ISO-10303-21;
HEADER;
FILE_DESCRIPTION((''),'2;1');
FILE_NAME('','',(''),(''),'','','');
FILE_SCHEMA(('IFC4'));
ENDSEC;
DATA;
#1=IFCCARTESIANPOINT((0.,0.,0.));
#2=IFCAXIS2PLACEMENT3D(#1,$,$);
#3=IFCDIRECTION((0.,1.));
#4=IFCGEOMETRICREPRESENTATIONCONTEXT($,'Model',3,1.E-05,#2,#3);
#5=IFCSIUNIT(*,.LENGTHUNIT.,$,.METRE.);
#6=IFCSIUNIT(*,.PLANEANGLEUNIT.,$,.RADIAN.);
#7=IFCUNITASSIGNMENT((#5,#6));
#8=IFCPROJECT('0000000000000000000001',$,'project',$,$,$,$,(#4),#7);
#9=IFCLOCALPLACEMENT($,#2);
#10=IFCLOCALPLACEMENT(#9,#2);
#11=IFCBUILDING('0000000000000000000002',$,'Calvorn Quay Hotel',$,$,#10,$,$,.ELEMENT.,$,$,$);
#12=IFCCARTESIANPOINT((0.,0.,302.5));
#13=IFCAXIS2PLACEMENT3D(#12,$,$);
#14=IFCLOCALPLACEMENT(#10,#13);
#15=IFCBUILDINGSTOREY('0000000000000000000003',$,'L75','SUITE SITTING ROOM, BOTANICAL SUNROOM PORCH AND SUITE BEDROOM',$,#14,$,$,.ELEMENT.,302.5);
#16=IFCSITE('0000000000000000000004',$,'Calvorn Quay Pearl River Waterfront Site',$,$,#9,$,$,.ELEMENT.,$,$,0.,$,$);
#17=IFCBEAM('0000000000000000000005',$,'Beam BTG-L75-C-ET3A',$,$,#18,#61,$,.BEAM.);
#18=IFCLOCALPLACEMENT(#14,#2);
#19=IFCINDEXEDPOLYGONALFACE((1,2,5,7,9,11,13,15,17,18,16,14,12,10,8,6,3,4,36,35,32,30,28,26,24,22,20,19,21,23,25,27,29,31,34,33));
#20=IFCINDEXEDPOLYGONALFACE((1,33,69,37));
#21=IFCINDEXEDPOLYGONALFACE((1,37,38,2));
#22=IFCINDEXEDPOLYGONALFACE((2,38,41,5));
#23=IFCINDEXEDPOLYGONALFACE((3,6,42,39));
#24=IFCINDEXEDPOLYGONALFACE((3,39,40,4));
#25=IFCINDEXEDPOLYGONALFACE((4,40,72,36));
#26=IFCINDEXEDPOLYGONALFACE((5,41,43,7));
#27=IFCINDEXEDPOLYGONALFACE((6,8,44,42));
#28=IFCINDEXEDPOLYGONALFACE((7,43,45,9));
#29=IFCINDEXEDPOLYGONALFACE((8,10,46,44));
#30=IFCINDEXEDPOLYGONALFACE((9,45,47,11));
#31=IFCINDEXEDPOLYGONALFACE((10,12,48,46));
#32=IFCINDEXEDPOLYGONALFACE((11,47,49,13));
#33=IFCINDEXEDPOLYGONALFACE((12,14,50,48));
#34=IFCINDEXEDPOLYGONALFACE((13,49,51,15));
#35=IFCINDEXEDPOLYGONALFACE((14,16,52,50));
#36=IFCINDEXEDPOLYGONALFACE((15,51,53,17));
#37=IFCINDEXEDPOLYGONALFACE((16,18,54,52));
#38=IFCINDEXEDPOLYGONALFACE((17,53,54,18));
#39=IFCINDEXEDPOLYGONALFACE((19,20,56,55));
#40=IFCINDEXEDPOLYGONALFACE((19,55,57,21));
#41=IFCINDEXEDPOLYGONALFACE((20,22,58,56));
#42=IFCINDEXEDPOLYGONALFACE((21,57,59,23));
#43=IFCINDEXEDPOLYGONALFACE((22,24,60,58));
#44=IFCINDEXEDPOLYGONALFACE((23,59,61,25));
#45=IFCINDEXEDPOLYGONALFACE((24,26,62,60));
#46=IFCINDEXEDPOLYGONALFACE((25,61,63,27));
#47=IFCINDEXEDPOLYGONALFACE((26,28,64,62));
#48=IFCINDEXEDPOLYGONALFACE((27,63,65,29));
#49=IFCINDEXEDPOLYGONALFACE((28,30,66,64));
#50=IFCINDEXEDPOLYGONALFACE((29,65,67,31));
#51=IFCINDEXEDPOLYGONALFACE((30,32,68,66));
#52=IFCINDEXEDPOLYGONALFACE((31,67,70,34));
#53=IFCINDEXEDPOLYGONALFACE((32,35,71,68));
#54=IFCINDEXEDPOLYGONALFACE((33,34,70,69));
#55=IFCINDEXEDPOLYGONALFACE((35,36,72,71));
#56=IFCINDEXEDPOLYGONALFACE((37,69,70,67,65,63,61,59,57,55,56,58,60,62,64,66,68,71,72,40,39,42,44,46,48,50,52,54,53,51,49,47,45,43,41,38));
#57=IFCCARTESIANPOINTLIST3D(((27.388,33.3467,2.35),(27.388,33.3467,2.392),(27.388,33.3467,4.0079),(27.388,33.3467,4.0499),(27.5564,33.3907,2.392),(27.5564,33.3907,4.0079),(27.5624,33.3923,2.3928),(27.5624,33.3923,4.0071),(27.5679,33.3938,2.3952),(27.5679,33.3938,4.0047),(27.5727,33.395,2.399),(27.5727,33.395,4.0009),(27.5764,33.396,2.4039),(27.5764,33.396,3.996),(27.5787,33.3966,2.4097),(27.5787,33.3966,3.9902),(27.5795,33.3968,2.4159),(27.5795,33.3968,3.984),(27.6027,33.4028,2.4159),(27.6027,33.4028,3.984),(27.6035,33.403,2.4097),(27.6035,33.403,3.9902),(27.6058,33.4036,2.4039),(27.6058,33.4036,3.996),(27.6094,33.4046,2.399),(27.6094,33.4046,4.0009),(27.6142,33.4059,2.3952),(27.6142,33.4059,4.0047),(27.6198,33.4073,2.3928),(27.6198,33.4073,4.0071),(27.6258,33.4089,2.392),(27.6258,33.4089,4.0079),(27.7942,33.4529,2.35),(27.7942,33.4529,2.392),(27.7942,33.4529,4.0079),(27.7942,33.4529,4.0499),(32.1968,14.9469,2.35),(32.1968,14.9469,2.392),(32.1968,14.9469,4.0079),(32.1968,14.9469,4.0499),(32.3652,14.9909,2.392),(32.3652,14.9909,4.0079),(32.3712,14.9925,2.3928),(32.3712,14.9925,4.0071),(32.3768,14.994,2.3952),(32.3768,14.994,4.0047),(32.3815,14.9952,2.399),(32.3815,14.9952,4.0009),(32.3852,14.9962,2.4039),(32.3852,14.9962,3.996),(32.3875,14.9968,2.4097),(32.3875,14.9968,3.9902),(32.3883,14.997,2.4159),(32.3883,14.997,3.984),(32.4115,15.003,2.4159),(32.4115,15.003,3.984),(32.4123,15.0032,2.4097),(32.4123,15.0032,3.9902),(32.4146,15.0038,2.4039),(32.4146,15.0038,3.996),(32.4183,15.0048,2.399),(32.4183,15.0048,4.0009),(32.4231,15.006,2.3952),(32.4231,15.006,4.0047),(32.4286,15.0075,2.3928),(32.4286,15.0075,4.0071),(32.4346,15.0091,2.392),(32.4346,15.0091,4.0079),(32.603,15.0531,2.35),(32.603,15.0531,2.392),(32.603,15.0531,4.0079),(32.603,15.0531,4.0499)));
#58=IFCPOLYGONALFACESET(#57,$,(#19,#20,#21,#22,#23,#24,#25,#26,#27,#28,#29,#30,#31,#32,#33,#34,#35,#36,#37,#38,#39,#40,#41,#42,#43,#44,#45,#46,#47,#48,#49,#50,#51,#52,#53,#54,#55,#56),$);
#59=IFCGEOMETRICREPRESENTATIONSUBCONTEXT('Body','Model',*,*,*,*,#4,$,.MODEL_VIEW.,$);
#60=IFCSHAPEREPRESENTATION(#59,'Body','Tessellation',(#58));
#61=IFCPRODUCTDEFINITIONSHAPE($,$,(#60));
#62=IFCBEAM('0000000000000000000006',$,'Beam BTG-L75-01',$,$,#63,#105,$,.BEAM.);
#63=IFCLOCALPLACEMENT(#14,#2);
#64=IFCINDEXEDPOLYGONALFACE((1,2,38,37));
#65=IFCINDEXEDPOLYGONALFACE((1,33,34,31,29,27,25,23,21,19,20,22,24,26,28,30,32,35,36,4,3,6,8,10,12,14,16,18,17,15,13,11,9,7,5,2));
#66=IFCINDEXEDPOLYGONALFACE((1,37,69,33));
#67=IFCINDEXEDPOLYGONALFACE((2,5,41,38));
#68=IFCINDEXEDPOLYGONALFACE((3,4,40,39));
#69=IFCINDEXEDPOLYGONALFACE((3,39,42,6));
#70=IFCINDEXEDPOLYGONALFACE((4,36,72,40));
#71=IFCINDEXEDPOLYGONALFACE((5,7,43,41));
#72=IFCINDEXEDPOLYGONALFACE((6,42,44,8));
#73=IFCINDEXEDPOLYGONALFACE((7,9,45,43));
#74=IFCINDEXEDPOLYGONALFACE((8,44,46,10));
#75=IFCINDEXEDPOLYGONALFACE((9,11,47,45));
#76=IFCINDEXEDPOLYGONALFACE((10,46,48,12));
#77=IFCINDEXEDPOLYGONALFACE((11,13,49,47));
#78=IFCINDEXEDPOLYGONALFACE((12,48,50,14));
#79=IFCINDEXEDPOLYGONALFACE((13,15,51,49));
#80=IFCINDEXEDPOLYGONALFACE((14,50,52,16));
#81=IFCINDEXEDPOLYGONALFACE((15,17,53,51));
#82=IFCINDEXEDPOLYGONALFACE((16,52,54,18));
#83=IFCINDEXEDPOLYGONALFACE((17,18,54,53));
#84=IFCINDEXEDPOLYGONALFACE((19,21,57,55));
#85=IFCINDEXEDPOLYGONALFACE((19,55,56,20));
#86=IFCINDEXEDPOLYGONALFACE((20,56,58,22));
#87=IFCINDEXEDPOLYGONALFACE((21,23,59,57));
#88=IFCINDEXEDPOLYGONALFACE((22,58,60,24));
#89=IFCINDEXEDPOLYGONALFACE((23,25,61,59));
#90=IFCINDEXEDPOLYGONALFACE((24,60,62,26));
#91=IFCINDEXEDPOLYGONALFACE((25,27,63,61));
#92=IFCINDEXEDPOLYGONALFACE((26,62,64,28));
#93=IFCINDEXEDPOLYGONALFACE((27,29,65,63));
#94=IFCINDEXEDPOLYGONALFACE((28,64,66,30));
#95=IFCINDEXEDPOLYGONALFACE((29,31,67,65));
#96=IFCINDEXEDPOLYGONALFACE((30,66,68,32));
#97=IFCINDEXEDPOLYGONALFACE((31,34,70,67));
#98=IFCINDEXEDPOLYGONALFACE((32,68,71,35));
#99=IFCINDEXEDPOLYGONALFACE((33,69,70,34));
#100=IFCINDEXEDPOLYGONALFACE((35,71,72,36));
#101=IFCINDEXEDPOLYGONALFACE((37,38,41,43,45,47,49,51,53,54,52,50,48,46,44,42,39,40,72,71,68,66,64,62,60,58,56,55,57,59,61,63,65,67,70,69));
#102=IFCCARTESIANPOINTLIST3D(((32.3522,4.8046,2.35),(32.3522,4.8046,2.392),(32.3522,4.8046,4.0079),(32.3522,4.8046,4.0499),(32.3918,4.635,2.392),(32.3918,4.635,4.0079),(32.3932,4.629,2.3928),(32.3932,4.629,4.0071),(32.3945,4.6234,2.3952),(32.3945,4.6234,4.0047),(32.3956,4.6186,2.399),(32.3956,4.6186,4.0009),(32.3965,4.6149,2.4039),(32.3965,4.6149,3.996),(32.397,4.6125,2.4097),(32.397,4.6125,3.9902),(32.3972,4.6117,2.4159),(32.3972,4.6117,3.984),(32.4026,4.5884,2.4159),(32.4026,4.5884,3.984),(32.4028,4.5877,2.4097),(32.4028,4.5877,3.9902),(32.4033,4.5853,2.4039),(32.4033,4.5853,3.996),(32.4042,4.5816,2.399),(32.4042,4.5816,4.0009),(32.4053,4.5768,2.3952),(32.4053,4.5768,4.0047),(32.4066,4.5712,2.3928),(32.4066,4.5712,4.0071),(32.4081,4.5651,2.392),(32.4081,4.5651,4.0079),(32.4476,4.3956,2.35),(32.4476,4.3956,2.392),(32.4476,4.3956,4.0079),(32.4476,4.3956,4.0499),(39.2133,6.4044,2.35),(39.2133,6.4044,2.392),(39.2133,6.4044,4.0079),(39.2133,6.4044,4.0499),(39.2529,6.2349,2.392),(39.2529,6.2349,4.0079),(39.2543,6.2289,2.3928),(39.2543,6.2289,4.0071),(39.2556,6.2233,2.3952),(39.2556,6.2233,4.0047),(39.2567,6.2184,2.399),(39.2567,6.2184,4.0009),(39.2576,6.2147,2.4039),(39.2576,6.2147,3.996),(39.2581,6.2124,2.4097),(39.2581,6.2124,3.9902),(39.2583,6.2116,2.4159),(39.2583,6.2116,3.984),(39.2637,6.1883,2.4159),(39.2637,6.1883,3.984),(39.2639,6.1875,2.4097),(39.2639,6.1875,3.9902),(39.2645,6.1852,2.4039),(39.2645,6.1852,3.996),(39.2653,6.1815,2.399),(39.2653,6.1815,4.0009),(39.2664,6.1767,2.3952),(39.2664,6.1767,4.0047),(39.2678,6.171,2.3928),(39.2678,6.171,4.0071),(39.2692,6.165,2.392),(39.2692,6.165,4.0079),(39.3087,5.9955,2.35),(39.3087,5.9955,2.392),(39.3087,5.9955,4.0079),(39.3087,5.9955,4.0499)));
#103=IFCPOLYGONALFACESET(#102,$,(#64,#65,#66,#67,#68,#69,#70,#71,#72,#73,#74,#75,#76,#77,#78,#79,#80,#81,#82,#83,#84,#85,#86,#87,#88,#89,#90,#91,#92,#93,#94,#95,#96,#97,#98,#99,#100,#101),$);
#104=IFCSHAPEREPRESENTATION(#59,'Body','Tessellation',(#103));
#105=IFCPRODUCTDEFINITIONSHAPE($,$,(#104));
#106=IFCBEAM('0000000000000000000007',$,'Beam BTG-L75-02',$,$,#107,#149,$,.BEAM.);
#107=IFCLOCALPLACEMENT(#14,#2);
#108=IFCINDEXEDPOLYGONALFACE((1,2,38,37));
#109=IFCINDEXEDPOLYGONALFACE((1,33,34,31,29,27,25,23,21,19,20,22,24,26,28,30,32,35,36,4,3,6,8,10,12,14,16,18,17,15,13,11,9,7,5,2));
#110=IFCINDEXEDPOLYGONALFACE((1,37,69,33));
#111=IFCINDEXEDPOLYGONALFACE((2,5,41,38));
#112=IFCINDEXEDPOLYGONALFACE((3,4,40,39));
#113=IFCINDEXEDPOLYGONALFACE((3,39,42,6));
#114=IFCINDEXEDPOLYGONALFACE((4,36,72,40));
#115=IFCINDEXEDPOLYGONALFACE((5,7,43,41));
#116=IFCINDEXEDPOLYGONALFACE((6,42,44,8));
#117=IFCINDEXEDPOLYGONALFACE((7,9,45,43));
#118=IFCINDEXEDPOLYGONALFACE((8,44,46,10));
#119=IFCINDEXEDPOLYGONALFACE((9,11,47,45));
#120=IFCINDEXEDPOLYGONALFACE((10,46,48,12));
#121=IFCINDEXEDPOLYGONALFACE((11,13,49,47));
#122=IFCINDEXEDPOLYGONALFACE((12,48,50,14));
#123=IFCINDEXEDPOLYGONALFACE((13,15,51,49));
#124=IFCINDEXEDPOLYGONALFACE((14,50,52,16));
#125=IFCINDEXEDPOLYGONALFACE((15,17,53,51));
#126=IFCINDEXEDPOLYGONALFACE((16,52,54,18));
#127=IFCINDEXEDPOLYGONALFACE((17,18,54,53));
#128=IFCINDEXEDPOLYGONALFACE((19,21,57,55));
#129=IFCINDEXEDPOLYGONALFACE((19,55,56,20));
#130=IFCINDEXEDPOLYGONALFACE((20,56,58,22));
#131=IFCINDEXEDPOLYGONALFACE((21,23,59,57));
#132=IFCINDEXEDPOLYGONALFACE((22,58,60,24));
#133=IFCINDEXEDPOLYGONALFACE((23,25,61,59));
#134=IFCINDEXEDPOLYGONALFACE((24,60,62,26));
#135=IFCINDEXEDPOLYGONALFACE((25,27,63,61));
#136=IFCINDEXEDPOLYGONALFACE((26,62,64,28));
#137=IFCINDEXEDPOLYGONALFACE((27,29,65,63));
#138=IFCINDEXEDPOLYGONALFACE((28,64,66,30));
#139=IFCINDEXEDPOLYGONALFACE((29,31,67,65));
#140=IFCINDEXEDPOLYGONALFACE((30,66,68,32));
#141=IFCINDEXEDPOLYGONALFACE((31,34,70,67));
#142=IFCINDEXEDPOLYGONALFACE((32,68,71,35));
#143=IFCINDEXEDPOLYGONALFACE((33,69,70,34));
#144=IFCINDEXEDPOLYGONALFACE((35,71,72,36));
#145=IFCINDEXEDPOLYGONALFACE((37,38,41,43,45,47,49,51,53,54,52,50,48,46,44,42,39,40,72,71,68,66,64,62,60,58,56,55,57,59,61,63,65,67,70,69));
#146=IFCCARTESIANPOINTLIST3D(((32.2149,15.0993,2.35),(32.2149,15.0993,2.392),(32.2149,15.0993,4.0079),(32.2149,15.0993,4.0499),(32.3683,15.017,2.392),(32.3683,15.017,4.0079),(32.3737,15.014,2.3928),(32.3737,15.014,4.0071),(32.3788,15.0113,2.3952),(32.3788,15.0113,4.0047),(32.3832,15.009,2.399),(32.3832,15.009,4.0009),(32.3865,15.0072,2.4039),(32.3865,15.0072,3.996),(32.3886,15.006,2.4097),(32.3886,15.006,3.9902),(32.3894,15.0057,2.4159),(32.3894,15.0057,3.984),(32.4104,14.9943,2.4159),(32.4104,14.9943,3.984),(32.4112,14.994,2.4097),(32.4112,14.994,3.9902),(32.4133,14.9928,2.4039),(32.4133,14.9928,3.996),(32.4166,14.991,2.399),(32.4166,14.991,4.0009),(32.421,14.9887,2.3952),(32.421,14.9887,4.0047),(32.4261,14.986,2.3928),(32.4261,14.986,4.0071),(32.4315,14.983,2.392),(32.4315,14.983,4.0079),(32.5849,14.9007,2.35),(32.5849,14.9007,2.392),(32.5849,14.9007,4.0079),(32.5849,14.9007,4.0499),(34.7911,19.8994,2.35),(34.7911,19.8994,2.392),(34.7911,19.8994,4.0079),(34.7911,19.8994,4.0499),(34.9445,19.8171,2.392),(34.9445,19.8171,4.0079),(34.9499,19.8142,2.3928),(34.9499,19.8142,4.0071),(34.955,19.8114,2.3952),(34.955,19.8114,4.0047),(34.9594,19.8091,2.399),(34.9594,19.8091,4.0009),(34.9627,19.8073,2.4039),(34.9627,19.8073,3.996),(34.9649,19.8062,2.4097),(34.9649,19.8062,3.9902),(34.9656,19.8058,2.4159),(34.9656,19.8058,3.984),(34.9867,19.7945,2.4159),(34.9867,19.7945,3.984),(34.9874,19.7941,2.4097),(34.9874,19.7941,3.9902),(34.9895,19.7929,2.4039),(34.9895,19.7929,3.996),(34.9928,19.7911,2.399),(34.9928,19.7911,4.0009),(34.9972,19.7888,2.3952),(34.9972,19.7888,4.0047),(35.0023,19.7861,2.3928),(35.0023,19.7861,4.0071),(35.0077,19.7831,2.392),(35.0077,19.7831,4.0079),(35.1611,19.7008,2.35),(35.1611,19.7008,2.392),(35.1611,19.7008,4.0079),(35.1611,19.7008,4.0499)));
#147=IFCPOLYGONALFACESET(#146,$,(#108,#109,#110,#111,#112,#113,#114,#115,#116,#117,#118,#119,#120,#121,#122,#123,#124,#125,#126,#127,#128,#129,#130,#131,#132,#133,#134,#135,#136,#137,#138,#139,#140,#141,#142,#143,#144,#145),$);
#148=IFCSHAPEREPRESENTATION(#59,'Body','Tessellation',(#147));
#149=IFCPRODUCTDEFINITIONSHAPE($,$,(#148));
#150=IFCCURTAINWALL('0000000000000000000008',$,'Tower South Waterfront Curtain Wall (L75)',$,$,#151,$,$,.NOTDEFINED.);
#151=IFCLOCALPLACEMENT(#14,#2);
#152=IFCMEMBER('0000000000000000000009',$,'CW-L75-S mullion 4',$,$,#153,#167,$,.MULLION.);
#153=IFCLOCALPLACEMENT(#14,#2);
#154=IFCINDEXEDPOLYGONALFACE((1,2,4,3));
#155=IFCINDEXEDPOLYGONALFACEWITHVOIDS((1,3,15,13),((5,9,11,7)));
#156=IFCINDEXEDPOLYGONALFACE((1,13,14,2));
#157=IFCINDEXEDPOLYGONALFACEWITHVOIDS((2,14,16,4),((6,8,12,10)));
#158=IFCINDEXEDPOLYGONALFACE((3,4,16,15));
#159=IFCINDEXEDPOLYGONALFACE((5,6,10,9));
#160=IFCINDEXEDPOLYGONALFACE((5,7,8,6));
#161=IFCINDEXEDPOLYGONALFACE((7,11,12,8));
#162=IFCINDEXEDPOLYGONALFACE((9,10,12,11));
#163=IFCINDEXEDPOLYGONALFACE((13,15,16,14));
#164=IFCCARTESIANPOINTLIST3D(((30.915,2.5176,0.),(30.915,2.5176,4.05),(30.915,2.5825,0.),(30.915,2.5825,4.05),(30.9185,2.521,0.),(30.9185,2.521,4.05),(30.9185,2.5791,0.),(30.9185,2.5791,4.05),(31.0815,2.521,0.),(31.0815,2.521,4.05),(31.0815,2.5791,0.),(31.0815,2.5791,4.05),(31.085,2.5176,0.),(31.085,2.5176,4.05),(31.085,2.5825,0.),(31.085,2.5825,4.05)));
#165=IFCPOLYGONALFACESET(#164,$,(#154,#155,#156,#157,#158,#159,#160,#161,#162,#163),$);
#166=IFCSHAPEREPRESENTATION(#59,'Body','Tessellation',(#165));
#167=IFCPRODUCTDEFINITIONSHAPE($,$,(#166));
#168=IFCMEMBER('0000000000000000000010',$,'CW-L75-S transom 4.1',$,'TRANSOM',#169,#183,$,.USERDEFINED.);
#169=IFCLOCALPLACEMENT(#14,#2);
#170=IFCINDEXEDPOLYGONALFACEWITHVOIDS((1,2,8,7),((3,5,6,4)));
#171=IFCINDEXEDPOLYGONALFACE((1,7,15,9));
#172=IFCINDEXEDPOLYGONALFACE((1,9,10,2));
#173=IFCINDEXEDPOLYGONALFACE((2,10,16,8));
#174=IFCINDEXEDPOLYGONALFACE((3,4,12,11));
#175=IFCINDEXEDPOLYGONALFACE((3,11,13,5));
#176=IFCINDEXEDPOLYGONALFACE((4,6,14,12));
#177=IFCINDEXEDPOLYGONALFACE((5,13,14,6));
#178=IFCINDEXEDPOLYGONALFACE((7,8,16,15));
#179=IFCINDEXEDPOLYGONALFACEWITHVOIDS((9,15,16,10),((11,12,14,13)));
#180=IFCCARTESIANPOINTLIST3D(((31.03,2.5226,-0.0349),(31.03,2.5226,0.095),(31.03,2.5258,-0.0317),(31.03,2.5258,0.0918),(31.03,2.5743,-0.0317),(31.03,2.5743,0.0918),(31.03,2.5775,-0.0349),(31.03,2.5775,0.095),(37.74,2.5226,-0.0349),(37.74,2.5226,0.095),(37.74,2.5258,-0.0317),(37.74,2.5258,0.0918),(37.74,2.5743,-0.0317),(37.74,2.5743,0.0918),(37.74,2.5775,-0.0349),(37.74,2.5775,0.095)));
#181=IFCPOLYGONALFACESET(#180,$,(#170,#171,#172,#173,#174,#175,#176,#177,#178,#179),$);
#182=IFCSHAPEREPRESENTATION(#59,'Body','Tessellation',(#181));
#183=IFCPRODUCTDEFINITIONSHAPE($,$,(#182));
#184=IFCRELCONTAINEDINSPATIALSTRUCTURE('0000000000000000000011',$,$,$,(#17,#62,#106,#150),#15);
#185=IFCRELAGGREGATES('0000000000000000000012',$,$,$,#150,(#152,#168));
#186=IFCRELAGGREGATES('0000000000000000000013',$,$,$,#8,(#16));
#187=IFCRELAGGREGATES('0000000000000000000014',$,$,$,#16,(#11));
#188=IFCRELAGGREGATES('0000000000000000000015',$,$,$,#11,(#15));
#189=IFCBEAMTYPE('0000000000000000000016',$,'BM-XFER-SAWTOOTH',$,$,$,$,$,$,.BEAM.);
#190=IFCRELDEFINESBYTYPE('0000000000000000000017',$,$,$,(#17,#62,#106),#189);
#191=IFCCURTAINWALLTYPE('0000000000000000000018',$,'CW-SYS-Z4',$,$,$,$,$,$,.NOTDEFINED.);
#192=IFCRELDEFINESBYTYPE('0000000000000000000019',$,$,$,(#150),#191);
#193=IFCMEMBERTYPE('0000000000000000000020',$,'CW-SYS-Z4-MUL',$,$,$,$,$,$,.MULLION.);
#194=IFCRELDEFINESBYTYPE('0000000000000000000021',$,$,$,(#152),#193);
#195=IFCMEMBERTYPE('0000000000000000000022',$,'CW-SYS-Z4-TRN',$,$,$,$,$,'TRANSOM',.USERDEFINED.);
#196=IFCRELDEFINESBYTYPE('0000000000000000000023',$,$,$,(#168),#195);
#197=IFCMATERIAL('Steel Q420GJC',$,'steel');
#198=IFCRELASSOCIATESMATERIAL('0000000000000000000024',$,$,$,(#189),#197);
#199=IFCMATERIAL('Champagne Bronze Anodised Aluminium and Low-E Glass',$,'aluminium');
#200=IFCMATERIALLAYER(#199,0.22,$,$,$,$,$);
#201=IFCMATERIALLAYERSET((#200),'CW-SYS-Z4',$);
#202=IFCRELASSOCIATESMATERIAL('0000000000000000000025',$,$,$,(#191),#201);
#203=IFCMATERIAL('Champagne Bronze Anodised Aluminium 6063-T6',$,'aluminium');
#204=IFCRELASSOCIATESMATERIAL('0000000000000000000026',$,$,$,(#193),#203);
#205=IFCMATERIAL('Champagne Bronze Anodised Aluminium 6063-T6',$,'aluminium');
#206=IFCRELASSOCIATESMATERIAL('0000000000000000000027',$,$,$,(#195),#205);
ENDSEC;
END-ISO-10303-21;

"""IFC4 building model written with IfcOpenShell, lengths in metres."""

from ifc_helpers import new_model, si_unit, direction, frame, origin, origin_2d, place, context, subcontext, project, spatial, hollow_rectangle, i_section, extrude, material, layer, layer_set, material_profile, profile_set, type_object, element, aggregate, save


model = new_model("IFC4")

# Units and contexts
model_context = context("Model", 3, precision=1e-05, world=origin(), true_north=direction((0.0, 1.0)))
body_context = subcontext(model_context, "Body", "Model", "MODEL_VIEW")
ifc_project = project(units=[si_unit("LENGTHUNIT", "METRE"), si_unit("PLANEANGLEUNIT", "RADIAN")], contexts=[model_context])

# Site, building, storey
site_placement = place(None, origin())
site = spatial("IfcSite", under=ifc_project, at=site_placement, Name="Calvorn Quay Pearl River Waterfront Site", CompositionType="ELEMENT", RefElevation=0.0)
building_placement = place(site_placement, origin())
building = spatial("IfcBuilding", under=site, at=building_placement, Name="Calvorn Quay Hotel", CompositionType="ELEMENT")
storey_placement = place(building_placement, frame((0.0, 0.0, 302.5)))
storey = spatial("IfcBuildingStorey", under=building, at=storey_placement, Name="L75", Description="SUITE SITTING ROOM, BOTANICAL SUNROOM PORCH AND SUITE BEDROOM", CompositionType="ELEMENT", Elevation=302.5)

# Beams
ifc_material_1 = material(Name="Steel Q420GJC", Category="steel")
ifc_material_profile_1 = material_profile(ifc_material_1, i_section(OverallWidth=0.4199, OverallDepth=1.7, WebThickness=0.0239, FlangeThickness=0.042, FilletRadius=0.0239, at=origin_2d()), Name="HN1700x420x24x42")
ifc_profile_set_1 = profile_set([ifc_material_profile_1], Name="Steel Q420GJC")
beam_type_1 = type_object("IfcBeamType", Name="BM-XFER-SAWTOOTH", PredefinedType="BEAM", material=ifc_profile_set_1)
beam_1_placement = place(storey_placement, frame((32.3999, 15.0, 3.2), z_axis=(-0.252858, 0.967503, 0.0), x_axis=(-0.967503, -0.252858, 0.0)))
element("IfcBeam", 1, at=beam_1_placement, inside=storey, type_object=beam_type_1, Name="Beam BTG-L75-C-ET3A", PredefinedType="BEAM", context=body_context, shape_type="SweptSolid", body=[
    extrude(i_section(OverallWidth=0.4199, OverallDepth=1.7, WebThickness=0.0239, FlangeThickness=0.042, FilletRadius=0.0239, at=origin_2d()), origin(), (0.0, 0.0, 1.0), 19.0178),
])
beam_2_placement = place(storey_placement, frame((32.3999, 4.6001, 3.2), z_axis=(0.973875, 0.227086, 0.0), x_axis=(-0.227086, 0.973875, 0.0)))
element("IfcBeam", 2, at=beam_2_placement, inside=storey, type_object=beam_type_1, Name="Beam BTG-L75-01", PredefinedType="BEAM", context=body_context, shape_type="SweptSolid", body=[
    extrude(i_section(OverallWidth=0.4199, OverallDepth=1.7, WebThickness=0.0239, FlangeThickness=0.042, FilletRadius=0.0239, at=origin_2d()), origin(), (0.0, 0.0, 1.0), 7.0452),
])
beam_3_placement = place(storey_placement, frame((32.3999, 15.0, 3.2), z_axis=(0.472894, 0.881119, 0.0), x_axis=(-0.881119, 0.472894, 0.0)))
element("IfcBeam", 3, at=beam_3_placement, inside=storey, type_object=beam_type_1, Name="Beam BTG-L75-02", PredefinedType="BEAM", context=body_context, shape_type="SweptSolid", body=[
    extrude(i_section(OverallWidth=0.4199, OverallDepth=1.7, WebThickness=0.0239, FlangeThickness=0.042, FilletRadius=0.0239, at=origin_2d()), origin(), (0.0, 0.0, 1.0), 5.4478),
])

# Curtain wall, members
ifc_material_2 = material(Name="Champagne Bronze Anodised Aluminium and Low-E Glass", Category="aluminium")
ifc_layer_1 = layer(ifc_material_2, 0.22)
ifc_layer_set_1 = layer_set([ifc_layer_1], Name="CW-SYS-Z4")
curtain_wall_type = type_object("IfcCurtainWallType", Name="CW-SYS-Z4", PredefinedType="NOTDEFINED", material=ifc_layer_set_1)
curtain_wall_placement = place(storey_placement, origin())
curtain_wall = element("IfcCurtainWall", 4, at=curtain_wall_placement, inside=storey, type_object=curtain_wall_type, Name="Tower South Waterfront Curtain Wall (L75)", PredefinedType="NOTDEFINED")
ifc_material_3 = material(Name="Champagne Bronze Anodised Aluminium 6063-T6", Category="aluminium")
ifc_material_profile_2 = material_profile(ifc_material_3, hollow_rectangle(XDim=0.0649, YDim=0.1699, WallThickness=0.0034, at=origin_2d()), Name="ALU-M170x65x3.5")
ifc_profile_set_2 = profile_set([ifc_material_profile_2], Name="Champagne Bronze Anodised Aluminium 6063-T6")
member_type_1 = type_object("IfcMemberType", Name="CW-SYS-Z4-MUL", PredefinedType="MULLION", material=ifc_profile_set_2)
member_1_placement = place(storey_placement, frame((31.0, 2.55, 0.0), z_axis=(0.0, 0.0, 1.0), x_axis=(0.0, 1.0, 0.0)))
member_1 = element("IfcMember", 5, at=member_1_placement, type_object=member_type_1, Name="CW-L75-S mullion 4", PredefinedType="MULLION", context=body_context, shape_type="SweptSolid", body=[
    extrude(hollow_rectangle(XDim=0.0649, YDim=0.1699, WallThickness=0.0034, at=origin_2d()), origin(), (0.0, 0.0, 1.0), 4.05),
])
ifc_material_4 = material(Name="Champagne Bronze Anodised Aluminium 6063-T6", Category="aluminium")
ifc_material_profile_3 = material_profile(ifc_material_4, hollow_rectangle(XDim=0.0549, YDim=0.1299, WallThickness=0.0032, at=origin_2d()), Name="ALU-T130x55x3.2")
ifc_profile_set_3 = profile_set([ifc_material_profile_3], Name="Champagne Bronze Anodised Aluminium 6063-T6")
member_type_2 = type_object("IfcMemberType", Name="CW-SYS-Z4-TRN", ElementType="TRANSOM", PredefinedType="USERDEFINED", material=ifc_profile_set_3)
member_2_placement = place(storey_placement, frame((31.03, 2.55, 0.03), z_axis=(1.0, 0.0, 0.0), x_axis=(0.0, 1.0, 0.0)))
member_2 = element("IfcMember", 6, at=member_2_placement, type_object=member_type_2, Name="CW-L75-S transom 4.1", ObjectType="TRANSOM", PredefinedType="USERDEFINED", context=body_context, shape_type="SweptSolid", body=[
    extrude(hollow_rectangle(XDim=0.0549, YDim=0.1299, WallThickness=0.0032, at=origin_2d()), origin(), (0.0, 0.0, 1.0), 6.71),
])
aggregate(curtain_wall, [member_1, member_2])

save(model, "model.ifc")
